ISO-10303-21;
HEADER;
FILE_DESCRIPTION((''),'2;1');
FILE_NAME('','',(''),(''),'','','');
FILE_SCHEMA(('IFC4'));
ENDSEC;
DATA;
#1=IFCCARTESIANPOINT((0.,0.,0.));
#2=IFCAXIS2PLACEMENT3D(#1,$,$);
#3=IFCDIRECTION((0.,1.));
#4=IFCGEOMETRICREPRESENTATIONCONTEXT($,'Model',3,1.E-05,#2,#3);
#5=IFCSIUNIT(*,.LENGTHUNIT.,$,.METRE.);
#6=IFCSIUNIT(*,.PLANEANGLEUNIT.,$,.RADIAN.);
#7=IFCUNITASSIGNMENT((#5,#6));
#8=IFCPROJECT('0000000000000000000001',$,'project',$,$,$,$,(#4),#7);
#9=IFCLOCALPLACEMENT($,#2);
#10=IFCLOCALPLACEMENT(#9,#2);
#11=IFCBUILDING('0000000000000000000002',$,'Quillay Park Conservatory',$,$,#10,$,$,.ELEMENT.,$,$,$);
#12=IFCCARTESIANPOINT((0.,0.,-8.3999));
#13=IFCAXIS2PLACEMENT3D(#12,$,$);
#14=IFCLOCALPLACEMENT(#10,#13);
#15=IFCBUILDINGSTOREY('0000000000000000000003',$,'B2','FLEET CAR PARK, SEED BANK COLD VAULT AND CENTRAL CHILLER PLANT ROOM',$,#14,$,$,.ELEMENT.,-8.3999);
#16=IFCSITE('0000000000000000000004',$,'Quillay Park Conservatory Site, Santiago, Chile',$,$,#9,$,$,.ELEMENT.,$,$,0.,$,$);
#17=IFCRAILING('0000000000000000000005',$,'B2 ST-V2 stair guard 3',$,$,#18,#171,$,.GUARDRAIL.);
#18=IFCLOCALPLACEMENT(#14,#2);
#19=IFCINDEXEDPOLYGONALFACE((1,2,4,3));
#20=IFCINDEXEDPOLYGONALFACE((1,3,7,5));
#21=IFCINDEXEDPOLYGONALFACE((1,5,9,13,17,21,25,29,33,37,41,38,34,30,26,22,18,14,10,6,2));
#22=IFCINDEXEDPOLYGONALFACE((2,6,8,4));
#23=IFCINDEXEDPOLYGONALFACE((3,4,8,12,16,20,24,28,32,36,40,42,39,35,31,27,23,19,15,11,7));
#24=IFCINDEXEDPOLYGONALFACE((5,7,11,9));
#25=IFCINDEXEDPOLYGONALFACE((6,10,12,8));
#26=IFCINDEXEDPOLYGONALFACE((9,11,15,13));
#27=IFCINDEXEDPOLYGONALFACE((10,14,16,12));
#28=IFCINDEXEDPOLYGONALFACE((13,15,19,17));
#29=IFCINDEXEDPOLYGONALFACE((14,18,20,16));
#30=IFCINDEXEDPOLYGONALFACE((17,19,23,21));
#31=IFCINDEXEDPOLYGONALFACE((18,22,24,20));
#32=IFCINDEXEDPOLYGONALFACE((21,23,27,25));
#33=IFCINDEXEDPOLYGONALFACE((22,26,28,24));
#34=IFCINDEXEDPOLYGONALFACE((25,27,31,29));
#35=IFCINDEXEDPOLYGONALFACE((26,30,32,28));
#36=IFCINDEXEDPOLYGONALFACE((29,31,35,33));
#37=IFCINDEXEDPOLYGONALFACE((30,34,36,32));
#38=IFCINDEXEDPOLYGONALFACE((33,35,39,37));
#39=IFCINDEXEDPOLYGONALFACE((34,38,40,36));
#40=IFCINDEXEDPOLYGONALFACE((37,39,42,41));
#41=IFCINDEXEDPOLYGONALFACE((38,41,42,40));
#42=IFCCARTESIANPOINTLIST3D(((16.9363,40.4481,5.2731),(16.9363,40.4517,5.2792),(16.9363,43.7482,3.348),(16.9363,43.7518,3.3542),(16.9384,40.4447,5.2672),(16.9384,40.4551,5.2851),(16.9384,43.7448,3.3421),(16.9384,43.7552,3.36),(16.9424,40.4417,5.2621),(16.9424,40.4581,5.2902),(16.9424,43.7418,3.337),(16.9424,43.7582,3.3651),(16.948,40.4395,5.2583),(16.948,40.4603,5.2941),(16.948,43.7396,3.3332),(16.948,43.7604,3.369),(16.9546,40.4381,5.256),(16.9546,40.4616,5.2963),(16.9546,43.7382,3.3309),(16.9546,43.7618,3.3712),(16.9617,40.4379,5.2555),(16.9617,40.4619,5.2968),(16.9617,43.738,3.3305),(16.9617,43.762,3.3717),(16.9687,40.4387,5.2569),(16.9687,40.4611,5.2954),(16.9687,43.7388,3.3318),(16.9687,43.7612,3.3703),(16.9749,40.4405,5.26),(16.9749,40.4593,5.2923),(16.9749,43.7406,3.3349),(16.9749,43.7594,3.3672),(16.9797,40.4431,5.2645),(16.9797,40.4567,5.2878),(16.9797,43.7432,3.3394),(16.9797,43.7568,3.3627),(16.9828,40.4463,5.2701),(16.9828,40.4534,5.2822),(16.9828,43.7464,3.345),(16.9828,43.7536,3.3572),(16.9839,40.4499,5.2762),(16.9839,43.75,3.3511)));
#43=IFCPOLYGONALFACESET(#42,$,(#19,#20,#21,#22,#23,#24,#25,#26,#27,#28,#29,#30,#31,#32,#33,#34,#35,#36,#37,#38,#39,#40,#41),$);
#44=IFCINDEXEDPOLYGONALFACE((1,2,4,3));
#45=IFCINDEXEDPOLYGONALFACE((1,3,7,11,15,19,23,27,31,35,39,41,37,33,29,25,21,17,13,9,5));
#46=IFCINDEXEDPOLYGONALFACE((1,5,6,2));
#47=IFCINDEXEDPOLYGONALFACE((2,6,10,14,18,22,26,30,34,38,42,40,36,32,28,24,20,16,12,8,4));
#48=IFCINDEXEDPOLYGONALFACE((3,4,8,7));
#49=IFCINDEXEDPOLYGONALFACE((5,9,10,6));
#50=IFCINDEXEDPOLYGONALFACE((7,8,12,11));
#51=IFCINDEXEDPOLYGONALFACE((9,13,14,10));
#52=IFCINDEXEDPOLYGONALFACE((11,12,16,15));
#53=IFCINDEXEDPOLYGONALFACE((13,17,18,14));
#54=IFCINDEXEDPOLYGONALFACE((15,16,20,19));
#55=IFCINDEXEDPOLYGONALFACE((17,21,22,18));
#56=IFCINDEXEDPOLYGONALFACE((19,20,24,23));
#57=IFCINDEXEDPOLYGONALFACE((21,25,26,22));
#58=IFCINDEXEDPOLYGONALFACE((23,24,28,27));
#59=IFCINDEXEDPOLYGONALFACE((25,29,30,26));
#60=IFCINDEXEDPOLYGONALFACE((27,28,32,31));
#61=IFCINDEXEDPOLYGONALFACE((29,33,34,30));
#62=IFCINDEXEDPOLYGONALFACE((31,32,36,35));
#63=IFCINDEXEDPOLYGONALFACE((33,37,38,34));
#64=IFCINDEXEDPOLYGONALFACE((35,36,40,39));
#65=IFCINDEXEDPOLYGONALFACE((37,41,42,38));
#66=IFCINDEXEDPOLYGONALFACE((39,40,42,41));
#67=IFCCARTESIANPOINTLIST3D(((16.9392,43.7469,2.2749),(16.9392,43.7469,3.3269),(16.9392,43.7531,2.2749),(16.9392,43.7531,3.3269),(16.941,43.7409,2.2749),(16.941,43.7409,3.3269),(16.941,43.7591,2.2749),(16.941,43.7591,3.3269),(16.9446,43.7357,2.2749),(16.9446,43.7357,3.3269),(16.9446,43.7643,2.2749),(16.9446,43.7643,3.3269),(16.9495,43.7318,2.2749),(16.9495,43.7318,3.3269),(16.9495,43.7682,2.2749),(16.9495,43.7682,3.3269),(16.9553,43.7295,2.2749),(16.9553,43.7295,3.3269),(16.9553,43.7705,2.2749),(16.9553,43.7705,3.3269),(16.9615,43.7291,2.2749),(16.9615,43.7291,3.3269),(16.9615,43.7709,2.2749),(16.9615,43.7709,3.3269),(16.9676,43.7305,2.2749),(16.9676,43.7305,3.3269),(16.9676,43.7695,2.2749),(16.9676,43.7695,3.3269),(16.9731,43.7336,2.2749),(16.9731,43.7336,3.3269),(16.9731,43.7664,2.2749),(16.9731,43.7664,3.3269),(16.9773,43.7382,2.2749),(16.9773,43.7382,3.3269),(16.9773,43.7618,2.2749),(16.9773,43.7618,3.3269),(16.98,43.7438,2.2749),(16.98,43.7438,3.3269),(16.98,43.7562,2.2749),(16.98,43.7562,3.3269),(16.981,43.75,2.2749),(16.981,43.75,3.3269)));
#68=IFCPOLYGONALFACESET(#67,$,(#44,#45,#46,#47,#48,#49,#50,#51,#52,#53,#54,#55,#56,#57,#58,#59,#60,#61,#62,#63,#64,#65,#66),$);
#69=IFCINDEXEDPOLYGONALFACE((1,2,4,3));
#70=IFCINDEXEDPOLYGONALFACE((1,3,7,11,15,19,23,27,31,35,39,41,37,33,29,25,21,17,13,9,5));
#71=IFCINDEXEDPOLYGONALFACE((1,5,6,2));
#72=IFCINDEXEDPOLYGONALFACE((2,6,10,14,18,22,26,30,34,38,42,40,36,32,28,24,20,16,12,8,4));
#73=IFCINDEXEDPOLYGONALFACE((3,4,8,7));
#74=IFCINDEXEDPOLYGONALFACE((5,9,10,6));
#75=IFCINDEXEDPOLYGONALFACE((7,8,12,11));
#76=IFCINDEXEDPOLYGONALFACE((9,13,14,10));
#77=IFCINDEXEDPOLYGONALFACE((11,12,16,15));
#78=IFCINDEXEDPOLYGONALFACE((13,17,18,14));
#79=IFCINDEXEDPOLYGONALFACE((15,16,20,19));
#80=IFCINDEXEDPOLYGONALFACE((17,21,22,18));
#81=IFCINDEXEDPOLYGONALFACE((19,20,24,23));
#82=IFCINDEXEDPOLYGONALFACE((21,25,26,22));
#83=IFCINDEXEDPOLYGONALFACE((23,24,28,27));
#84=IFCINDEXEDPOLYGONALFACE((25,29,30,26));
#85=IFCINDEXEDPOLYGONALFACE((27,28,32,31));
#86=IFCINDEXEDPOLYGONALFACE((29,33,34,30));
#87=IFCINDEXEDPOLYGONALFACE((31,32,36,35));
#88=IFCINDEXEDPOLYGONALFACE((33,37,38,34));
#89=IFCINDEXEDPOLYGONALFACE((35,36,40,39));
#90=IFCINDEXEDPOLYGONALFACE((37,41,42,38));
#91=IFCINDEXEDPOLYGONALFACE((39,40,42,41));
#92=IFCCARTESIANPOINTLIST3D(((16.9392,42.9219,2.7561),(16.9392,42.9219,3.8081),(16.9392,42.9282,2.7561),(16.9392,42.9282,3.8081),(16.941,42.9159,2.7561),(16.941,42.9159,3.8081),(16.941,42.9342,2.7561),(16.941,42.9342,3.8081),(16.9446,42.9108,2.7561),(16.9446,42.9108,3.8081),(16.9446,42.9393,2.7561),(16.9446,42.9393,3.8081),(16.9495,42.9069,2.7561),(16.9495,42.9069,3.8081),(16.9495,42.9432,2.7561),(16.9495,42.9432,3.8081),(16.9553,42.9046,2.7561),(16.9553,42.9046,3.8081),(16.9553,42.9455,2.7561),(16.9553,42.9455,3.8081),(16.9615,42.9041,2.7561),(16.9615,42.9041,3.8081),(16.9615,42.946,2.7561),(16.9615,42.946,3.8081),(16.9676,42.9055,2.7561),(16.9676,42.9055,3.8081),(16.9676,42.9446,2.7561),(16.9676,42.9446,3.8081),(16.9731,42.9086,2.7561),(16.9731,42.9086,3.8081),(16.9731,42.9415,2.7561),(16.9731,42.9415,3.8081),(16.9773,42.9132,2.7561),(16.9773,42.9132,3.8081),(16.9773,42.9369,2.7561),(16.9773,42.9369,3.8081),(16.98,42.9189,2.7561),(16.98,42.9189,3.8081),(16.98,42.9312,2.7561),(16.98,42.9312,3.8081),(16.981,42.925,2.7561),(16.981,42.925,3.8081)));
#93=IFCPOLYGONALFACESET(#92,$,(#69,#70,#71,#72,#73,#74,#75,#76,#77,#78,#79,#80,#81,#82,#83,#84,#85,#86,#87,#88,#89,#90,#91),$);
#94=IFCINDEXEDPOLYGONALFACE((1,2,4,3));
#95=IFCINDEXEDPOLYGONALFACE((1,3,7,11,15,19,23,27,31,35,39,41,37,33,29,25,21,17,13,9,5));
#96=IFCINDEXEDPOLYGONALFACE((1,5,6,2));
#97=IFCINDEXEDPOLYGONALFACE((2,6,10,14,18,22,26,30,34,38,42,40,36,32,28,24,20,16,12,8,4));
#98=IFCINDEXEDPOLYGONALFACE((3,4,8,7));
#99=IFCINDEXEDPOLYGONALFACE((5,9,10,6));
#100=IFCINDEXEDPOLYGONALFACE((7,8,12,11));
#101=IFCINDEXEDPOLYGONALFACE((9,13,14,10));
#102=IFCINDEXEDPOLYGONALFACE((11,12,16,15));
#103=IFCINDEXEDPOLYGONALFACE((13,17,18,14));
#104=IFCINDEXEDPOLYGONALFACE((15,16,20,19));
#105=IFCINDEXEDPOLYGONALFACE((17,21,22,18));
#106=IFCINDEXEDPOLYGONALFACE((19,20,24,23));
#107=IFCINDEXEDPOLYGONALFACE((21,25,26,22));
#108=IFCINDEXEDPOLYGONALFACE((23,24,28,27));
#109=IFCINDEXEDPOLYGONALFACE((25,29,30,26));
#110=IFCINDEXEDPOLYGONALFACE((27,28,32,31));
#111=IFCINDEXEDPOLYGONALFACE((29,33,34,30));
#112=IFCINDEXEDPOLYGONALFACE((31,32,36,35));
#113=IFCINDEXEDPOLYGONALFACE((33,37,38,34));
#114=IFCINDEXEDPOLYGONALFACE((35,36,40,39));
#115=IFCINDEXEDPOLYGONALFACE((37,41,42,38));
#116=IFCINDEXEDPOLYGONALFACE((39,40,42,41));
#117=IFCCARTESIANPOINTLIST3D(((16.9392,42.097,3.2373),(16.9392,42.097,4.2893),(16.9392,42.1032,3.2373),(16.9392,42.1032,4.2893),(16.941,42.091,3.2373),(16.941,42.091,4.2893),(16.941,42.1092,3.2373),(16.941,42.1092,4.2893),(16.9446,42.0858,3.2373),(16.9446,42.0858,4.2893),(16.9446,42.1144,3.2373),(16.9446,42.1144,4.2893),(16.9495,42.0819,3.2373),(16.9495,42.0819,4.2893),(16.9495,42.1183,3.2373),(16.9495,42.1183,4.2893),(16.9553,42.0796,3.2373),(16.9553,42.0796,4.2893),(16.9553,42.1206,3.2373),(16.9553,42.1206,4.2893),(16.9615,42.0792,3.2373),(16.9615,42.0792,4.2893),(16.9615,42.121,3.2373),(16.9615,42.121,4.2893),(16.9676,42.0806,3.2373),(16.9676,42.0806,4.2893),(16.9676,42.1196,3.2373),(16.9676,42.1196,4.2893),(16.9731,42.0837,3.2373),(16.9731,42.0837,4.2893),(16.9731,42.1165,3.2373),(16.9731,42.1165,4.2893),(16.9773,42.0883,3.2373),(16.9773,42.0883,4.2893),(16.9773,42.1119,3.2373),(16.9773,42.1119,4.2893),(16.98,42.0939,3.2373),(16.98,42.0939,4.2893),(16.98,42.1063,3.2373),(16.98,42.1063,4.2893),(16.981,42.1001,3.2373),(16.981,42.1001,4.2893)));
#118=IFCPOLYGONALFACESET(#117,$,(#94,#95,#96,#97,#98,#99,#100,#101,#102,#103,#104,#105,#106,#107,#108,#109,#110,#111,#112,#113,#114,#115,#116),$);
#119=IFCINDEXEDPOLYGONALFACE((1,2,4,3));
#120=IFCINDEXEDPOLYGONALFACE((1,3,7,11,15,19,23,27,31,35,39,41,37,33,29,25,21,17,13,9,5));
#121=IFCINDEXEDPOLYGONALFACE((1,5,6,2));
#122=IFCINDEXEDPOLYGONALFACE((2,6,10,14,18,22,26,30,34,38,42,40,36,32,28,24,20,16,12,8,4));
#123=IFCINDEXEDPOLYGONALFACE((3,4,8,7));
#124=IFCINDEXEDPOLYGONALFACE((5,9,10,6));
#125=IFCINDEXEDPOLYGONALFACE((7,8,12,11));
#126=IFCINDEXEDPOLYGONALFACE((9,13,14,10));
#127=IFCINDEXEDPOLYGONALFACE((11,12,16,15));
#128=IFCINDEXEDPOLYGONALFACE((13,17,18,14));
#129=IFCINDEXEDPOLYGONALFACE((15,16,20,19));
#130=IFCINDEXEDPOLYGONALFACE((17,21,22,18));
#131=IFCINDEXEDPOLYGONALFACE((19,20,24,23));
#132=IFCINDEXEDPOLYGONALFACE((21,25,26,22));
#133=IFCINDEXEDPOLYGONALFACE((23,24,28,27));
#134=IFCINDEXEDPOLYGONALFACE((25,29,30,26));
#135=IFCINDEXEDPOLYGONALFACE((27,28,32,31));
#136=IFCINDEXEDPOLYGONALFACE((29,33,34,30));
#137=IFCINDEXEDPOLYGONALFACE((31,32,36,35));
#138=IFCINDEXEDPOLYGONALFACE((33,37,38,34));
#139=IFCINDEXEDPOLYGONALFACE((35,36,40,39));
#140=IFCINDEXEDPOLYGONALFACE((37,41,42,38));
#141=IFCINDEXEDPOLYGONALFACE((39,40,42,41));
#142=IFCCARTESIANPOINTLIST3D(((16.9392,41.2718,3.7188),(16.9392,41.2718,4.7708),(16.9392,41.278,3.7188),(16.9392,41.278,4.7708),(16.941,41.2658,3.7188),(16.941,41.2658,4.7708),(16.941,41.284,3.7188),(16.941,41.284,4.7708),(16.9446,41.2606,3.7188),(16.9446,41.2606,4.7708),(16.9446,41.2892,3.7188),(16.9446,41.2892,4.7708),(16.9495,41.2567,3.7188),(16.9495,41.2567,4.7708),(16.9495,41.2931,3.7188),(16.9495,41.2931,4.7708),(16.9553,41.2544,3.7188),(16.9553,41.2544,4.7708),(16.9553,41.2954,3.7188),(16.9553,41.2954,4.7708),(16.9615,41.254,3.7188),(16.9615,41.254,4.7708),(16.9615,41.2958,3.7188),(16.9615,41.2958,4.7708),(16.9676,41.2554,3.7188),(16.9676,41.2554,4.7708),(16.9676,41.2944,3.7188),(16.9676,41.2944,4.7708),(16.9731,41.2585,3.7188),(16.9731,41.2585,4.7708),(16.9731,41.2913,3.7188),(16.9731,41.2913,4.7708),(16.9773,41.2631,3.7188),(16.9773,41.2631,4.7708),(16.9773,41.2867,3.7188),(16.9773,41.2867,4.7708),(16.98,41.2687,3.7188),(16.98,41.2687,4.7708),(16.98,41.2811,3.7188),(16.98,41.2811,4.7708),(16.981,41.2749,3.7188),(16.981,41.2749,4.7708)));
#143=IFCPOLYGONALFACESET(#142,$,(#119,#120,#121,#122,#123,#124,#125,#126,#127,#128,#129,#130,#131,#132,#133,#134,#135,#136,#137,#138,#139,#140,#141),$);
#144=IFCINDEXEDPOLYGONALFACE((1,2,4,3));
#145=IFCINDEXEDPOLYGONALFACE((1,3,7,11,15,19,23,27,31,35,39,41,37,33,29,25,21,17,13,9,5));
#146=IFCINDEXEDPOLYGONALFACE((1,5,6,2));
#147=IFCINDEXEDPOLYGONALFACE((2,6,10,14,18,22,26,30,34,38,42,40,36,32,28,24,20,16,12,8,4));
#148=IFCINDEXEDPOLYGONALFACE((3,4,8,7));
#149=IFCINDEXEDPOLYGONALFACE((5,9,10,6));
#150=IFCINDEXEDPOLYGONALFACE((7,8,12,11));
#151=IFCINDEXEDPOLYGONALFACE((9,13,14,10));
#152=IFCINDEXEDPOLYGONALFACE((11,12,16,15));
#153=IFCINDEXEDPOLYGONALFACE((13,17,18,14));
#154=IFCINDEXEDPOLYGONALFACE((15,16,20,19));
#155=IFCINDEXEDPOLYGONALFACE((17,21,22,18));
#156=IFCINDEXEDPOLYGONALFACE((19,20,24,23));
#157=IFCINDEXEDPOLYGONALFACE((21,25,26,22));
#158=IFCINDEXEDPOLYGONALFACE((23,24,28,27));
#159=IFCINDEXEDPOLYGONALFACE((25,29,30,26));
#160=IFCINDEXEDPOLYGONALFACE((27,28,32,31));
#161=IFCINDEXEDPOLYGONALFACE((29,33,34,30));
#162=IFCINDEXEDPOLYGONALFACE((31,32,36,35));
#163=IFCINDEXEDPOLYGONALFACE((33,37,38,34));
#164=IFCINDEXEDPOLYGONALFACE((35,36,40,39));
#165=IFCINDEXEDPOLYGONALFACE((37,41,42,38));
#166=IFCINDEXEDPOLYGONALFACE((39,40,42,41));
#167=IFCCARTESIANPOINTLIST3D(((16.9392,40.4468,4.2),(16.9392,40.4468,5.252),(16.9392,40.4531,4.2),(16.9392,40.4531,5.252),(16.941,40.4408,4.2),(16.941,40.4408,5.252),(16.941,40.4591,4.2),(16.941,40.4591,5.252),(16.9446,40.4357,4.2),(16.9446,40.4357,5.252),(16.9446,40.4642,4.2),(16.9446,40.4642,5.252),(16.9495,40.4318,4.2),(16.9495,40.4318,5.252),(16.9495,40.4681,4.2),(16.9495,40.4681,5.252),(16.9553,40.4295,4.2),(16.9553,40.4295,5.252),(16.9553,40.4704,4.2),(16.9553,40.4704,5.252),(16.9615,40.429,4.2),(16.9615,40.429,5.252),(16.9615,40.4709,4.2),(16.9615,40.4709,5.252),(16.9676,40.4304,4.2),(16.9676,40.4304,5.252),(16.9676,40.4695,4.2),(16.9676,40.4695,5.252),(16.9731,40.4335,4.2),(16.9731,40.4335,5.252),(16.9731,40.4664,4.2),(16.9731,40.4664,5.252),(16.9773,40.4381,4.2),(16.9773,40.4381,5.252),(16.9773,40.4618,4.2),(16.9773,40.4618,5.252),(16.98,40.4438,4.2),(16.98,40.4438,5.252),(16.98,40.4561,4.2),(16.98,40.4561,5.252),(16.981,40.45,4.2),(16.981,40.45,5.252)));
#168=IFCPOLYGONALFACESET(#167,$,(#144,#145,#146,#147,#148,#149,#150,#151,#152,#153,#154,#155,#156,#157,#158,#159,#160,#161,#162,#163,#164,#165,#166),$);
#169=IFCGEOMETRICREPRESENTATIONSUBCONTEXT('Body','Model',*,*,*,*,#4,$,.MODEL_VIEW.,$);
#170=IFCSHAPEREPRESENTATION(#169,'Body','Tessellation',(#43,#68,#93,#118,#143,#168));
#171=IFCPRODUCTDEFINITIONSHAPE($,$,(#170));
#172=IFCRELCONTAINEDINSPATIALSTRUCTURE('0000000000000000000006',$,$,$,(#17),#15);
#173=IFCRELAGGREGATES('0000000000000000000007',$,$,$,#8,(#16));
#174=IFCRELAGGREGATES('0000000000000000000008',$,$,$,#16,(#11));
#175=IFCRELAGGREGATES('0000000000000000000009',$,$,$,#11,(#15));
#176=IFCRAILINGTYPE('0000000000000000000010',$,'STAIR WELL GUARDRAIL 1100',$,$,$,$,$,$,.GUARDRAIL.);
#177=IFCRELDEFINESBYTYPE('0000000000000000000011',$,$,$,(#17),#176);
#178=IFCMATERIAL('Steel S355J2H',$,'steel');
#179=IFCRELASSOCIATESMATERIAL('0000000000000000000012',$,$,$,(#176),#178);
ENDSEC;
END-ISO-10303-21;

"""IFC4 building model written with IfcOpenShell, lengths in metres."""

from ifc_helpers import new_model, si_unit, direction, frame, origin, origin_2d, place, context, subcontext, project, spatial, circle, extrude, material, type_object, element, save


model = new_model("IFC4")

# Units and contexts
model_context = context("Model", 3, precision=1e-05, world=origin(), true_north=direction((0.0, 1.0)))
body_context = subcontext(model_context, "Body", "Model", "MODEL_VIEW")
ifc_project = project(units=[si_unit("LENGTHUNIT", "METRE"), si_unit("PLANEANGLEUNIT", "RADIAN")], contexts=[model_context])

# Site, building, storey
site_placement = place(None, origin())
site = spatial("IfcSite", under=ifc_project, at=site_placement, Name="Quillay Park Conservatory Site, Santiago, Chile", CompositionType="ELEMENT", RefElevation=0.0)
building_placement = place(site_placement, origin())
building = spatial("IfcBuilding", under=site, at=building_placement, Name="Quillay Park Conservatory", CompositionType="ELEMENT")
storey_placement = place(building_placement, frame((0.0, 0.0, -8.3999)))
storey = spatial("IfcBuildingStorey", under=building, at=storey_placement, Name="B2", Description="FLEET CAR PARK, SEED BANK COLD VAULT AND CENTRAL CHILLER PLANT ROOM", CompositionType="ELEMENT", Elevation=-8.3999)

# Railing
ifc_material_1 = material(Name="Steel S355J2H", Category="steel")
railing_type_1 = type_object("IfcRailingType", Name="STAIR WELL GUARDRAIL 1100", PredefinedType="GUARDRAIL", material=ifc_material_1)
railing_1_placement = place(storey_placement, frame((16.96, 43.75, 2.2749)))
element("IfcRailing", 1, at=railing_1_placement, inside=storey, type_object=railing_type_1, Name="B2 ST-V2 stair guard 3", PredefinedType="GUARDRAIL", context=body_context, shape_type="SweptSolid", body=[
    extrude(circle(Radius=0.0239, at=origin_2d()), frame((0.0, 0.0, 1.0762), z_axis=(0.0, -0.863777, 0.503875), x_axis=(1.0, 0.0, 0.0)), (0.0, 0.0, 1.0), 3.8206),
    extrude(circle(Radius=0.021, at=origin_2d()), origin(), (0.0, 0.0, 1.0), 1.052),
    extrude(circle(Radius=0.021, at=origin_2d()), frame((0.0, -0.825, 0.4812)), (0.0, 0.0, 1.0), 1.052),
    extrude(circle(Radius=0.021, at=origin_2d()), frame((0.0, -1.6499, 0.9624)), (0.0, 0.0, 1.0), 1.052),
    extrude(circle(Radius=0.021, at=origin_2d()), frame((0.0, -2.4751, 1.4438)), (0.0, 0.0, 1.0), 1.052),
    extrude(circle(Radius=0.021, at=origin_2d()), frame((0.0, -3.3, 1.925)), (0.0, 0.0, 1.0), 1.052),
])

save(model, "model.ifc")
